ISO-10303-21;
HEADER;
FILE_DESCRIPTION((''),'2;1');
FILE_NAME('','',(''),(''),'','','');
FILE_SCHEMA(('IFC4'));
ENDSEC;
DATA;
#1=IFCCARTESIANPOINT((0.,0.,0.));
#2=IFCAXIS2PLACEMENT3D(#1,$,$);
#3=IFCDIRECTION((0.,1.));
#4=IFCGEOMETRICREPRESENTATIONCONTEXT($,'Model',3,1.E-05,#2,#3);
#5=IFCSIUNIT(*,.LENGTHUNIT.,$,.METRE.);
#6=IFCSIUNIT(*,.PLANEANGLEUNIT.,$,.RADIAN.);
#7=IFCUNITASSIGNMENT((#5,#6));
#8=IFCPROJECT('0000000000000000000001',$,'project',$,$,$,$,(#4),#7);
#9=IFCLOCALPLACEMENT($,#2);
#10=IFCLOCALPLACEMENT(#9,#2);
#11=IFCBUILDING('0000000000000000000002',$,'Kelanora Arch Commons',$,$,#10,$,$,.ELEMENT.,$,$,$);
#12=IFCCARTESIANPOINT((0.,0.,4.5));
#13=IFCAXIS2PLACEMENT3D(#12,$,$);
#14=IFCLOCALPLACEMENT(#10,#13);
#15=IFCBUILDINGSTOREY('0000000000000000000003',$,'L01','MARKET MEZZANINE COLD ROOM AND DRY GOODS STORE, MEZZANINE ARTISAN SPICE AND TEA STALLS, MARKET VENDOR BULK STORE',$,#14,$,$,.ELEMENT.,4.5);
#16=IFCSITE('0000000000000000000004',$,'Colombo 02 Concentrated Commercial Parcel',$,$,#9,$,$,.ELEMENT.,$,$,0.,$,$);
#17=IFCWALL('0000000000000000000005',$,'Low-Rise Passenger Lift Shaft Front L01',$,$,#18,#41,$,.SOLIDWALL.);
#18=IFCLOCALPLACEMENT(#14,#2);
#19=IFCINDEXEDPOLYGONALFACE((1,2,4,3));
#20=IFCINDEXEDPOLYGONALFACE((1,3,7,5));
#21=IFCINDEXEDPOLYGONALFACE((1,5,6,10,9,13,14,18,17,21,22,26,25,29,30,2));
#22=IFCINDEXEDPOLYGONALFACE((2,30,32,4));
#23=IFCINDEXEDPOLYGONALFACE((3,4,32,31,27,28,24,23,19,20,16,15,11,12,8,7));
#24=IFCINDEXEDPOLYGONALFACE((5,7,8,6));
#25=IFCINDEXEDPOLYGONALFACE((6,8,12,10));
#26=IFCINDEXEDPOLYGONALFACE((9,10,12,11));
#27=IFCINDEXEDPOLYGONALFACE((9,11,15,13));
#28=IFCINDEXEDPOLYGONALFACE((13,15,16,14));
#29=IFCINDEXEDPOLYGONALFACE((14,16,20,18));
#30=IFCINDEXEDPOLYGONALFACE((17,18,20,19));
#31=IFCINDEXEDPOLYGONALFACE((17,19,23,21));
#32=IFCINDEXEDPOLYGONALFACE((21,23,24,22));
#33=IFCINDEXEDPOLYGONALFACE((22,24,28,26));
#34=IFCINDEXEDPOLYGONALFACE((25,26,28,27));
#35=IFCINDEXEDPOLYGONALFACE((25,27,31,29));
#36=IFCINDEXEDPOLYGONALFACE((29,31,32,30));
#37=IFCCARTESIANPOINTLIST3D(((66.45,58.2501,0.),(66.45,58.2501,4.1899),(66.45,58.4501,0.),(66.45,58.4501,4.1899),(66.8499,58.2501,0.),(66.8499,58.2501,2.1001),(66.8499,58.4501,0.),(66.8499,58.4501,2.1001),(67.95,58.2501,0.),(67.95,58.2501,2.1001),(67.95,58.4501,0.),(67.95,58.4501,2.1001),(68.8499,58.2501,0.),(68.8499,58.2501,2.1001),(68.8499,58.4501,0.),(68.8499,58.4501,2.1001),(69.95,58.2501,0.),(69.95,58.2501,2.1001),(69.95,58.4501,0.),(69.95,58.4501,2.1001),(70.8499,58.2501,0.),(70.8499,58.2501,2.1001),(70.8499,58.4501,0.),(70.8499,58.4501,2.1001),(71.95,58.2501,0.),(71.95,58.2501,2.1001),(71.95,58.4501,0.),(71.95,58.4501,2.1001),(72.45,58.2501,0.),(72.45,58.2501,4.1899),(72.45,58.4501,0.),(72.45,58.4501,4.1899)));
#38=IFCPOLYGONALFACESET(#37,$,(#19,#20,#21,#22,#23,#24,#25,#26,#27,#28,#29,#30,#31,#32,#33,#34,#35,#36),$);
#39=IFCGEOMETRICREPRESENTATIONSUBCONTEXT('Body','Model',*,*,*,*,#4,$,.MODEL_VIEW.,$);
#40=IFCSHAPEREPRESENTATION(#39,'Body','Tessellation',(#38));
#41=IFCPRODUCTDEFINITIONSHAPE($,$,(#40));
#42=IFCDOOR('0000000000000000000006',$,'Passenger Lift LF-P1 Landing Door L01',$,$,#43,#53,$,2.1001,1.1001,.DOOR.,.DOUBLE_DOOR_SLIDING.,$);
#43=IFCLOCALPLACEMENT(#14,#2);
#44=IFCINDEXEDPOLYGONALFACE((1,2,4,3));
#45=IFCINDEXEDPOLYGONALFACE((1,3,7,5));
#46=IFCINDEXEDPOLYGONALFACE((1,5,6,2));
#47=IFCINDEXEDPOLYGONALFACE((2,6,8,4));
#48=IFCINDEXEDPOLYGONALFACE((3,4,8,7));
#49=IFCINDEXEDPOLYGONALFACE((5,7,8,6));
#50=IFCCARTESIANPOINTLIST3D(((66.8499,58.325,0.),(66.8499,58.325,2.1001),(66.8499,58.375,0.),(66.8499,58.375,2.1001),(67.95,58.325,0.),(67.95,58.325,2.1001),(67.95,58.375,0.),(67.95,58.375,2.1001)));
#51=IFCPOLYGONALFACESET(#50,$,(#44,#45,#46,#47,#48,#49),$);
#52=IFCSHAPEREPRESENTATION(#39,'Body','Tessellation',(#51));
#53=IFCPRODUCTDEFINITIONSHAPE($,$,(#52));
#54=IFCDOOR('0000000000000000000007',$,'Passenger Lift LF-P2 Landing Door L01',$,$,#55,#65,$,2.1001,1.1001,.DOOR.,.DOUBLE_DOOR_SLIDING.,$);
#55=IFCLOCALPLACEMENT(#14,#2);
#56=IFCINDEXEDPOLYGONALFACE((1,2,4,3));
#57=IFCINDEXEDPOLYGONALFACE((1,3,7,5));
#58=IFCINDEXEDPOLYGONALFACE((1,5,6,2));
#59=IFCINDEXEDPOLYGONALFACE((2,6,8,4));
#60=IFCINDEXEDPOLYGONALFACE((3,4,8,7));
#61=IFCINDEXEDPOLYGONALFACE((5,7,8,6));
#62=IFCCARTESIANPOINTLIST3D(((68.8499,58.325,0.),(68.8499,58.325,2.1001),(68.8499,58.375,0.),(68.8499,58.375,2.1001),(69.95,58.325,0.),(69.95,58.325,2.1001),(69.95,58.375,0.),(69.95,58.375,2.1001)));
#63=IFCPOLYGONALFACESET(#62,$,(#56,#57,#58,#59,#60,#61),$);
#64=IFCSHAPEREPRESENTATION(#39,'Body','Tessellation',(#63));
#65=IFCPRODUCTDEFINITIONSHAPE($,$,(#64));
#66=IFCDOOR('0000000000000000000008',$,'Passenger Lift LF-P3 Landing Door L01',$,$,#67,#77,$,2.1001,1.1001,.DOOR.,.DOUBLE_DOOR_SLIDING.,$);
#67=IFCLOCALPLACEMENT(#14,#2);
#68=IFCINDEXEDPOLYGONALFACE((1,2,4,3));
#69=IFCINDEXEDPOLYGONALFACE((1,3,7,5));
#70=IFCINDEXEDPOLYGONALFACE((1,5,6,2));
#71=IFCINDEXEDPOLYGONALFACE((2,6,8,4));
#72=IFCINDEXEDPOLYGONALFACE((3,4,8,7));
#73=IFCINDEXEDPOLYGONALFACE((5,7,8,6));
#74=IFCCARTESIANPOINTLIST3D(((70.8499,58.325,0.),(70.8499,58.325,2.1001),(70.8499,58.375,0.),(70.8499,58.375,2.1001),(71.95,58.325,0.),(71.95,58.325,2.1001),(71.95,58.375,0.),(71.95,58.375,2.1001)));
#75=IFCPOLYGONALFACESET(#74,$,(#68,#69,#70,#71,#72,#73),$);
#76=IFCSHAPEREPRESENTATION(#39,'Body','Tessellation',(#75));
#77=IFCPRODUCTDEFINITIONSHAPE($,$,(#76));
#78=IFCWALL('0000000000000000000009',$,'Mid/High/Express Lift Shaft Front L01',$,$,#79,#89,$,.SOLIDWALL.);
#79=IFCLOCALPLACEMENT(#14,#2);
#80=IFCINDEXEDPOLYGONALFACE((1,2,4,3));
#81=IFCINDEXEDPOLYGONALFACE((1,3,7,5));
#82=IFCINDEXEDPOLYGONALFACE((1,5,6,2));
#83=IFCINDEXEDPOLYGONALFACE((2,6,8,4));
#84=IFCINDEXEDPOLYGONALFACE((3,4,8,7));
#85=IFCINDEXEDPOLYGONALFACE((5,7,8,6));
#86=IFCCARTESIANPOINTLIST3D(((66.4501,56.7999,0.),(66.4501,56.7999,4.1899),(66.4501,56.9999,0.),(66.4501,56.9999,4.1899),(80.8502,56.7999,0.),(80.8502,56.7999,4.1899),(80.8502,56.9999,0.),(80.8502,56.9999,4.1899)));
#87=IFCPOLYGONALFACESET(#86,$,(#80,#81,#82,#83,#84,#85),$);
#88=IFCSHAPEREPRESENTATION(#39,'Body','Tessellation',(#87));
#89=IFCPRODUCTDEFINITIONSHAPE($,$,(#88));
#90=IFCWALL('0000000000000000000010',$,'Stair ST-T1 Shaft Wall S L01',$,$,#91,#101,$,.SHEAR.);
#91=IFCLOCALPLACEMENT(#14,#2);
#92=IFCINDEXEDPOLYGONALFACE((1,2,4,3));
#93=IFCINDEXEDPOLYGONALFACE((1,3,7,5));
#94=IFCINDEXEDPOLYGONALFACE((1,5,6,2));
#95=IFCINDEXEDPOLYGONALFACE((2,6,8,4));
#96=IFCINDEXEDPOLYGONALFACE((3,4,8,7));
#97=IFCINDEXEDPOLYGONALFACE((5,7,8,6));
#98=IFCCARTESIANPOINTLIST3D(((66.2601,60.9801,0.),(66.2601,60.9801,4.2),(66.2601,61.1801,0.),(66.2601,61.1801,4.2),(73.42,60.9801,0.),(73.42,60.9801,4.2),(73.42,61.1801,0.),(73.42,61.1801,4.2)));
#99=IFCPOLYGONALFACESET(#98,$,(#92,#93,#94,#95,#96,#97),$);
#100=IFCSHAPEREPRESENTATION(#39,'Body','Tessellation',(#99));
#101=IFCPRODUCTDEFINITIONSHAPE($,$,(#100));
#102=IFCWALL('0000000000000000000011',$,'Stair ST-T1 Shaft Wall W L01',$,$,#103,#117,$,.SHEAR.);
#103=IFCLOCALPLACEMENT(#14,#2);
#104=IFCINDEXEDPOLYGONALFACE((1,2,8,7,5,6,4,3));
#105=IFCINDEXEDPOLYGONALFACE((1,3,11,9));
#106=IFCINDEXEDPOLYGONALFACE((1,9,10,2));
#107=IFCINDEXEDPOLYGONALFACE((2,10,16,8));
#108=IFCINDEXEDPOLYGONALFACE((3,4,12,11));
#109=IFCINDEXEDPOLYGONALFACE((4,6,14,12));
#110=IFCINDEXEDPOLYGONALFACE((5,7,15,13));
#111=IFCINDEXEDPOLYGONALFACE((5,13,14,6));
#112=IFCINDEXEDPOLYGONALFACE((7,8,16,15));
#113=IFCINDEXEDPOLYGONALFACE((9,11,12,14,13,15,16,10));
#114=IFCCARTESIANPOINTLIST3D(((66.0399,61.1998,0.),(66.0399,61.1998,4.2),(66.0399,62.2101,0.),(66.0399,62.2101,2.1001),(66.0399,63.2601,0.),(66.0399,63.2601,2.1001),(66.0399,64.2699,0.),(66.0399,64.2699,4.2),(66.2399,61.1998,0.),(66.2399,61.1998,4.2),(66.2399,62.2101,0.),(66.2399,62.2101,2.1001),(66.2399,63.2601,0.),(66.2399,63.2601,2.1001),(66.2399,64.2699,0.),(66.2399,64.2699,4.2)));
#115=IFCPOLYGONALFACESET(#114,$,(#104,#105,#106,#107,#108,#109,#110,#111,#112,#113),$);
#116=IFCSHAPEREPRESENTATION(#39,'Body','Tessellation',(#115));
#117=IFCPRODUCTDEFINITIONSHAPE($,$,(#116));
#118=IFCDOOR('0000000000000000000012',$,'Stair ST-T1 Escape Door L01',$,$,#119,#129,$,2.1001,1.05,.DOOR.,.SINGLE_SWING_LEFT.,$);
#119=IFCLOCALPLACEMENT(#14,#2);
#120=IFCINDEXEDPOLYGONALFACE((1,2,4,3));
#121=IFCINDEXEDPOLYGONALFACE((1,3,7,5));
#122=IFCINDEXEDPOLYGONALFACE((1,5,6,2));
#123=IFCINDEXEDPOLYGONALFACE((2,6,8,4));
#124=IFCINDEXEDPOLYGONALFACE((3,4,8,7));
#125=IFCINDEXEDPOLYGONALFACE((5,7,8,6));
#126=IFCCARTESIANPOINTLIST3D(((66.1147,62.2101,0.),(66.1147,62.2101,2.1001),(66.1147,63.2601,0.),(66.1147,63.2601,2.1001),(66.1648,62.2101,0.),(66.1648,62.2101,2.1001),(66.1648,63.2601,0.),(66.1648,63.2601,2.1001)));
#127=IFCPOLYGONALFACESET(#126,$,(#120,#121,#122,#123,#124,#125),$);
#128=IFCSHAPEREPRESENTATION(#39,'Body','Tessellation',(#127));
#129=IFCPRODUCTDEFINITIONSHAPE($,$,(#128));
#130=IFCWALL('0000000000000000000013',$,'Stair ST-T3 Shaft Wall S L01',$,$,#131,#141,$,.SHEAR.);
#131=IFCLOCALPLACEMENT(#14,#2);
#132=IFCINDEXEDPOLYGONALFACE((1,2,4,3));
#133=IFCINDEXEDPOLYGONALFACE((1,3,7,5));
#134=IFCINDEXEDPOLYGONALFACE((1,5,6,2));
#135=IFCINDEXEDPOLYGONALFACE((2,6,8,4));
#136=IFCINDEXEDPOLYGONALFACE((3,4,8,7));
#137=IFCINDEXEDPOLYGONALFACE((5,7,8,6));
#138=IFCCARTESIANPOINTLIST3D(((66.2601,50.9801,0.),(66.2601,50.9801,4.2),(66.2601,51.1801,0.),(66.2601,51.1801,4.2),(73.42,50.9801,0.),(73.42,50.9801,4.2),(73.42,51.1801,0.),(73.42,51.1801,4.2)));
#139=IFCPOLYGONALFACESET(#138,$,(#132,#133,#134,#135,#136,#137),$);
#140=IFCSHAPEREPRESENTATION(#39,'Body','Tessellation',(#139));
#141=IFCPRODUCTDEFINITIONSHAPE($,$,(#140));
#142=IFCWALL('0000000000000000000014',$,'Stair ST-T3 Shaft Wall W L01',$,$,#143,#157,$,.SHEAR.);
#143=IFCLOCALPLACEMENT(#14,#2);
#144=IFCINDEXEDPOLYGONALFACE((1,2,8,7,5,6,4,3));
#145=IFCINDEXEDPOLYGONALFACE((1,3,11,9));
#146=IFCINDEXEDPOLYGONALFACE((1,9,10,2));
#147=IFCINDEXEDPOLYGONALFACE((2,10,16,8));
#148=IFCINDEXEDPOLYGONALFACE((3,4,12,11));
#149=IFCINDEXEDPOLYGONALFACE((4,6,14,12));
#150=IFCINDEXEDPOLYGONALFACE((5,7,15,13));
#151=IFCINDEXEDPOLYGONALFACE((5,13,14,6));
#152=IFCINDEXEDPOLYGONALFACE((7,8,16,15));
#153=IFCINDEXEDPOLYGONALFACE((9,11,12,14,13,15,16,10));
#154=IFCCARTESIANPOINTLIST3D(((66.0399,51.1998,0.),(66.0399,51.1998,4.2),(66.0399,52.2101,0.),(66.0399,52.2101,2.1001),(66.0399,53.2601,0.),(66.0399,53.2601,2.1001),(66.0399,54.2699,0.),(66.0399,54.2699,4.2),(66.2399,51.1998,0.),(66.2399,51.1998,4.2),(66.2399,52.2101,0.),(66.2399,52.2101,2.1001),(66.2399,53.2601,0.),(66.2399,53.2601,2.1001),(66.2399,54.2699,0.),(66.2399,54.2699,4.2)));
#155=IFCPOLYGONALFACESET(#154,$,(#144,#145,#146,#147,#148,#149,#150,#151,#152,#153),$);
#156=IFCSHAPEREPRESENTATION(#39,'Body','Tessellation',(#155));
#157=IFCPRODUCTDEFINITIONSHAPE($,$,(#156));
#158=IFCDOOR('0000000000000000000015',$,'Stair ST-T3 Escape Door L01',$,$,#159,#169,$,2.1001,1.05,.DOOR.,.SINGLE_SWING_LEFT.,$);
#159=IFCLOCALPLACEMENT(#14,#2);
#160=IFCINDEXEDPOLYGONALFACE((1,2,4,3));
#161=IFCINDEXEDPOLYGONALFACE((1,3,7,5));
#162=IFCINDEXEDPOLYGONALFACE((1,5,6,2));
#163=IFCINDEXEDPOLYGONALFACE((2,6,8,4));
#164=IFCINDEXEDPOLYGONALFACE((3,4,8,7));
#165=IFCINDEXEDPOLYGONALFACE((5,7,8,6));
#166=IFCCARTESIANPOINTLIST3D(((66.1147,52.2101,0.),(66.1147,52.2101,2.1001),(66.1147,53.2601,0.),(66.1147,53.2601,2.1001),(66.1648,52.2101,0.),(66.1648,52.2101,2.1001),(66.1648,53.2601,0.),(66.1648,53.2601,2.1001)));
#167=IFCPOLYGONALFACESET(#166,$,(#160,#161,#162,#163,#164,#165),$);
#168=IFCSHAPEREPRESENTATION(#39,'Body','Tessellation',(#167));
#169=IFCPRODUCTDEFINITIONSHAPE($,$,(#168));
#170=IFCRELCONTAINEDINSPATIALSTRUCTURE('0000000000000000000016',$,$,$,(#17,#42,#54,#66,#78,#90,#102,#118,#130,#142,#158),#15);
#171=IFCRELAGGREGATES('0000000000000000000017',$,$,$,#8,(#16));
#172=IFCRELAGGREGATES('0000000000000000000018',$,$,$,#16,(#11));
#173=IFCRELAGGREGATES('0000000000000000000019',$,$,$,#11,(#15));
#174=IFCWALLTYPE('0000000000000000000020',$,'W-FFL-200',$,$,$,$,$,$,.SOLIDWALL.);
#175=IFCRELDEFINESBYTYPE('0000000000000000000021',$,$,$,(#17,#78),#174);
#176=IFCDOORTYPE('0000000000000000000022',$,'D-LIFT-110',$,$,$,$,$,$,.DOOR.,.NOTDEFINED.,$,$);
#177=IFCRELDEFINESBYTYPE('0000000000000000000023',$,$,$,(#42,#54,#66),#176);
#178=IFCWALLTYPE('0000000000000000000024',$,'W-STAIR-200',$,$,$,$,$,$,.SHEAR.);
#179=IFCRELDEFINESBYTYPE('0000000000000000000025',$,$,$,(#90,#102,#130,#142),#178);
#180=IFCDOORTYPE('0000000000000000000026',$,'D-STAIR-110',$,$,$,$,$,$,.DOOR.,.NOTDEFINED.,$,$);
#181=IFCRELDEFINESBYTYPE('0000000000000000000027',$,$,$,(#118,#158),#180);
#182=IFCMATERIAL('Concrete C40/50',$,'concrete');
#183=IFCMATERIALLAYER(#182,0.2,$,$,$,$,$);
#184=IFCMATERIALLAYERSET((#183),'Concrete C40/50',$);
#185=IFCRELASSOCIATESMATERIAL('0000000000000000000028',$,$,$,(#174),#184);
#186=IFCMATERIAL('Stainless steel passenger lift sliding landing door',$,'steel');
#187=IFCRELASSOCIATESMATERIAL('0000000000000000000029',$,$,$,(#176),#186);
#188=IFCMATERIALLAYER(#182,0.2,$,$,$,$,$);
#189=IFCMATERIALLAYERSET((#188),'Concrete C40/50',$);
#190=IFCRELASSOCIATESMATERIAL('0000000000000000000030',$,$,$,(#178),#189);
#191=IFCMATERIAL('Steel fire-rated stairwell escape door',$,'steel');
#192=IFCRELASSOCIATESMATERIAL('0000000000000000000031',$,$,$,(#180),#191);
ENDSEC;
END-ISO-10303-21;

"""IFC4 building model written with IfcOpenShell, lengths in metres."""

from ifc_helpers import new_model, si_unit, direction, frame, frame_2d, origin, place, context, subcontext, project, spatial, rectangle, extrude, material, layer, layer_set, type_object, element, fill, save


model = new_model("IFC4")

# Units and contexts
model_context = context("Model", 3, precision=1e-05, world=origin(), true_north=direction((0.0, 1.0)))
body_context = subcontext(model_context, "Body", "Model", "MODEL_VIEW")
ifc_project = project(units=[si_unit("LENGTHUNIT", "METRE"), si_unit("PLANEANGLEUNIT", "RADIAN")], contexts=[model_context])

# Site, building, storey
site_placement = place(None, origin())
site = spatial("IfcSite", under=ifc_project, at=site_placement, Name="Colombo 02 Concentrated Commercial Parcel", CompositionType="ELEMENT", RefElevation=0.0)
building_placement = place(site_placement, origin())
building = spatial("IfcBuilding", under=site, at=building_placement, Name="Kelanora Arch Commons", CompositionType="ELEMENT")
storey_placement = place(building_placement, frame((0.0, 0.0, 4.5)))
storey = spatial("IfcBuildingStorey", under=building, at=storey_placement, Name="L01", Description="MARKET MEZZANINE COLD ROOM AND DRY GOODS STORE, MEZZANINE ARTISAN SPICE AND TEA STALLS, MARKET VENDOR BULK STORE", CompositionType="ELEMENT", Elevation=4.5)

# Wall, openings, doors
ifc_material_1 = material(Name="Concrete C40/50", Category="concrete")
ifc_layer_1 = layer(ifc_material_1, 0.2)
ifc_layer_set_1 = layer_set([ifc_layer_1], Name="Concrete C40/50")
wall_type_1 = type_object("IfcWallType", Name="W-FFL-200", PredefinedType="SOLIDWALL", material=ifc_layer_set_1)
wall_1_placement = place(storey_placement, frame((66.45, 58.3501, 0.0), z_axis=(0.0, 0.0, 1.0), x_axis=(1.0, 0.0, 0.0)))
wall_1 = element("IfcWall", 1, at=wall_1_placement, inside=storey, type_object=wall_type_1, Name="Low-Rise Passenger Lift Shaft Front L01", PredefinedType="SOLIDWALL", context=body_context, shape_type="SweptSolid", body=[
    extrude(rectangle(XDim=6.0, YDim=0.2, at=frame_2d((3.0, 0.0))), origin(), (0.0, 0.0, 1.0), 4.1899),
])
opening_1_placement = place(wall_1_placement, frame((0.3999, 0.0, 0.0)))
opening_1 = element("IfcOpeningElement", 2, at=opening_1_placement, cuts=wall_1, PredefinedType="OPENING", context=body_context, shape_type="SweptSolid", body=[
    extrude(rectangle(XDim=1.1001, YDim=2.1001, at=frame_2d((0.55, 1.05))), frame((0.0, 0.1099, 0.0), z_axis=(0.0, -1.0, 0.0), x_axis=(1.0, 0.0, 0.0)), (0.0, 0.0, 1.0), 0.22),
])
opening_2_placement = place(wall_1_placement, frame((2.3999, 0.0, 0.0)))
opening_2 = element("IfcOpeningElement", 3, at=opening_2_placement, cuts=wall_1, PredefinedType="OPENING", context=body_context, shape_type="SweptSolid", body=[
    extrude(rectangle(XDim=1.1001, YDim=2.1001, at=frame_2d((0.55, 1.05))), frame((0.0, 0.1099, 0.0), z_axis=(0.0, -1.0, 0.0), x_axis=(1.0, 0.0, 0.0)), (0.0, 0.0, 1.0), 0.22),
])
opening_3_placement = place(wall_1_placement, frame((4.3999, 0.0, 0.0)))
opening_3 = element("IfcOpeningElement", 4, at=opening_3_placement, cuts=wall_1, PredefinedType="OPENING", context=body_context, shape_type="SweptSolid", body=[
    extrude(rectangle(XDim=1.1001, YDim=2.1001, at=frame_2d((0.55, 1.05))), frame((0.0, 0.1099, 0.0), z_axis=(0.0, -1.0, 0.0), x_axis=(1.0, 0.0, 0.0)), (0.0, 0.0, 1.0), 0.22),
])
ifc_material_2 = material(Name="Stainless steel passenger lift sliding landing door", Category="steel")
door_type_1 = type_object("IfcDoorType", Name="D-LIFT-110", OperationType="NOTDEFINED", PredefinedType="DOOR", material=ifc_material_2)
door_1_placement = place(opening_1_placement, origin())
door_1 = element("IfcDoor", 5, at=door_1_placement, inside=storey, type_object=door_type_1, Name="Passenger Lift LF-P1 Landing Door L01", OperationType="DOUBLE_DOOR_SLIDING", OverallHeight=2.1001, OverallWidth=1.1001, PredefinedType="DOOR", context=body_context, shape_type="SweptSolid", body=[
    extrude(rectangle(XDim=1.1001, YDim=2.1001, at=frame_2d((0.55, 1.05))), frame((0.0, 0.0249, 0.0), z_axis=(0.0, -1.0, 0.0), x_axis=(1.0, 0.0, 0.0)), (0.0, 0.0, 1.0), 0.05),
])
fill(opening_1, door_1)
door_2_placement = place(opening_2_placement, origin())
door_2 = element("IfcDoor", 6, at=door_2_placement, inside=storey, type_object=door_type_1, Name="Passenger Lift LF-P2 Landing Door L01", OperationType="DOUBLE_DOOR_SLIDING", OverallHeight=2.1001, OverallWidth=1.1001, PredefinedType="DOOR", context=body_context, shape_type="SweptSolid", body=[
    extrude(rectangle(XDim=1.1001, YDim=2.1001, at=frame_2d((0.55, 1.05))), frame((0.0, 0.0249, 0.0), z_axis=(0.0, -1.0, 0.0), x_axis=(1.0, 0.0, 0.0)), (0.0, 0.0, 1.0), 0.05),
])
fill(opening_2, door_2)
door_3_placement = place(opening_3_placement, origin())
door_3 = element("IfcDoor", 7, at=door_3_placement, inside=storey, type_object=door_type_1, Name="Passenger Lift LF-P3 Landing Door L01", OperationType="DOUBLE_DOOR_SLIDING", OverallHeight=2.1001, OverallWidth=1.1001, PredefinedType="DOOR", context=body_context, shape_type="SweptSolid", body=[
    extrude(rectangle(XDim=1.1001, YDim=2.1001, at=frame_2d((0.55, 1.05))), frame((0.0, 0.0249, 0.0), z_axis=(0.0, -1.0, 0.0), x_axis=(1.0, 0.0, 0.0)), (0.0, 0.0, 1.0), 0.05),
])
fill(opening_3, door_3)

# Walls
wall_2_placement = place(storey_placement, frame((66.45, 56.8999, 0.0), z_axis=(0.0, 0.0, 1.0), x_axis=(1.0, 0.0, 0.0)))
element("IfcWall", 8, at=wall_2_placement, inside=storey, type_object=wall_type_1, Name="Mid/High/Express Lift Shaft Front L01", PredefinedType="SOLIDWALL", context=body_context, shape_type="SweptSolid", body=[
    extrude(rectangle(XDim=14.4001, YDim=0.2, at=frame_2d((7.2002, 0.0))), origin(), (0.0, 0.0, 1.0), 4.1899),
])
ifc_layer_2 = layer(ifc_material_1, 0.2)
ifc_layer_set_2 = layer_set([ifc_layer_2], Name="Concrete C40/50")
wall_type_2 = type_object("IfcWallType", Name="W-STAIR-200", PredefinedType="SHEAR", material=ifc_layer_set_2)
wall_3_placement = place(storey_placement, frame((66.26, 61.0801, 0.0), z_axis=(0.0, 0.0, 1.0), x_axis=(1.0, 0.0, 0.0)))
element("IfcWall", 9, at=wall_3_placement, inside=storey, type_object=wall_type_2, Name="Stair ST-T1 Shaft Wall S L01", PredefinedType="SHEAR", context=body_context, shape_type="SweptSolid", body=[
    extrude(rectangle(XDim=7.1599, YDim=0.2, at=frame_2d((3.5801, 0.0))), origin(), (0.0, 0.0, 1.0), 4.2),
])

# Wall, opening, door
wall_4_placement = place(storey_placement, frame((66.1399, 64.27, 0.0), z_axis=(0.0, 0.0, 1.0), x_axis=(0.0, -1.0, 0.0)))
wall_4 = element("IfcWall", 10, at=wall_4_placement, inside=storey, type_object=wall_type_2, Name="Stair ST-T1 Shaft Wall W L01", PredefinedType="SHEAR", context=body_context, shape_type="SweptSolid", body=[
    extrude(rectangle(XDim=3.0701, YDim=0.2, at=frame_2d((1.5352, 0.0))), origin(), (0.0, 0.0, 1.0), 4.2),
])
opening_4_placement = place(wall_4_placement, frame((1.01, 0.0, 0.0)))
opening_4 = element("IfcOpeningElement", 11, at=opening_4_placement, cuts=wall_4, PredefinedType="OPENING", context=body_context, shape_type="SweptSolid", body=[
    extrude(rectangle(XDim=1.05, YDim=2.1001, at=frame_2d((0.5249, 1.05))), frame((0.0, 0.1099, 0.0), z_axis=(0.0, -1.0, 0.0), x_axis=(1.0, 0.0, 0.0)), (0.0, 0.0, 1.0), 0.22),
])
ifc_material_3 = material(Name="Steel fire-rated stairwell escape door", Category="steel")
door_type_2 = type_object("IfcDoorType", Name="D-STAIR-110", OperationType="NOTDEFINED", PredefinedType="DOOR", material=ifc_material_3)
door_4_placement = place(opening_4_placement, origin())
door_4 = element("IfcDoor", 12, at=door_4_placement, inside=storey, type_object=door_type_2, Name="Stair ST-T1 Escape Door L01", OperationType="SINGLE_SWING_LEFT", OverallHeight=2.1001, OverallWidth=1.05, PredefinedType="DOOR", context=body_context, shape_type="SweptSolid", body=[
    extrude(rectangle(XDim=1.05, YDim=2.1001, at=frame_2d((0.5249, 1.05))), frame((0.0, 0.0249, 0.0), z_axis=(0.0, -1.0, 0.0), x_axis=(1.0, 0.0, 0.0)), (0.0, 0.0, 1.0), 0.05),
])
fill(opening_4, door_4)

# Wall
wall_5_placement = place(storey_placement, frame((66.26, 51.0801, 0.0), z_axis=(0.0, 0.0, 1.0), x_axis=(1.0, 0.0, 0.0)))
element("IfcWall", 13, at=wall_5_placement, inside=storey, type_object=wall_type_2, Name="Stair ST-T3 Shaft Wall S L01", PredefinedType="SHEAR", context=body_context, shape_type="SweptSolid", body=[
    extrude(rectangle(XDim=7.1599, YDim=0.2, at=frame_2d((3.5801, 0.0))), origin(), (0.0, 0.0, 1.0), 4.2),
])

# Wall, opening, door
wall_6_placement = place(storey_placement, frame((66.1399, 54.27, 0.0), z_axis=(0.0, 0.0, 1.0), x_axis=(0.0, -1.0, 0.0)))
wall_6 = element("IfcWall", 14, at=wall_6_placement, inside=storey, type_object=wall_type_2, Name="Stair ST-T3 Shaft Wall W L01", PredefinedType="SHEAR", context=body_context, shape_type="SweptSolid", body=[
    extrude(rectangle(XDim=3.0701, YDim=0.2, at=frame_2d((1.5352, 0.0))), origin(), (0.0, 0.0, 1.0), 4.2),
])
opening_5_placement = place(wall_6_placement, frame((1.01, 0.0, 0.0)))
opening_5 = element("IfcOpeningElement", 15, at=opening_5_placement, cuts=wall_6, PredefinedType="OPENING", context=body_context, shape_type="SweptSolid", body=[
    extrude(rectangle(XDim=1.05, YDim=2.1001, at=frame_2d((0.5249, 1.05))), frame((0.0, 0.1099, 0.0), z_axis=(0.0, -1.0, 0.0), x_axis=(1.0, 0.0, 0.0)), (0.0, 0.0, 1.0), 0.22),
])
door_5_placement = place(opening_5_placement, origin())
door_5 = element("IfcDoor", 16, at=door_5_placement, inside=storey, type_object=door_type_2, Name="Stair ST-T3 Escape Door L01", OperationType="SINGLE_SWING_LEFT", OverallHeight=2.1001, OverallWidth=1.05, PredefinedType="DOOR", context=body_context, shape_type="SweptSolid", body=[
    extrude(rectangle(XDim=1.05, YDim=2.1001, at=frame_2d((0.5249, 1.05))), frame((0.0, 0.0249, 0.0), z_axis=(0.0, -1.0, 0.0), x_axis=(1.0, 0.0, 0.0)), (0.0, 0.0, 1.0), 0.05),
])
fill(opening_5, door_5)

save(model, "model.ifc")
